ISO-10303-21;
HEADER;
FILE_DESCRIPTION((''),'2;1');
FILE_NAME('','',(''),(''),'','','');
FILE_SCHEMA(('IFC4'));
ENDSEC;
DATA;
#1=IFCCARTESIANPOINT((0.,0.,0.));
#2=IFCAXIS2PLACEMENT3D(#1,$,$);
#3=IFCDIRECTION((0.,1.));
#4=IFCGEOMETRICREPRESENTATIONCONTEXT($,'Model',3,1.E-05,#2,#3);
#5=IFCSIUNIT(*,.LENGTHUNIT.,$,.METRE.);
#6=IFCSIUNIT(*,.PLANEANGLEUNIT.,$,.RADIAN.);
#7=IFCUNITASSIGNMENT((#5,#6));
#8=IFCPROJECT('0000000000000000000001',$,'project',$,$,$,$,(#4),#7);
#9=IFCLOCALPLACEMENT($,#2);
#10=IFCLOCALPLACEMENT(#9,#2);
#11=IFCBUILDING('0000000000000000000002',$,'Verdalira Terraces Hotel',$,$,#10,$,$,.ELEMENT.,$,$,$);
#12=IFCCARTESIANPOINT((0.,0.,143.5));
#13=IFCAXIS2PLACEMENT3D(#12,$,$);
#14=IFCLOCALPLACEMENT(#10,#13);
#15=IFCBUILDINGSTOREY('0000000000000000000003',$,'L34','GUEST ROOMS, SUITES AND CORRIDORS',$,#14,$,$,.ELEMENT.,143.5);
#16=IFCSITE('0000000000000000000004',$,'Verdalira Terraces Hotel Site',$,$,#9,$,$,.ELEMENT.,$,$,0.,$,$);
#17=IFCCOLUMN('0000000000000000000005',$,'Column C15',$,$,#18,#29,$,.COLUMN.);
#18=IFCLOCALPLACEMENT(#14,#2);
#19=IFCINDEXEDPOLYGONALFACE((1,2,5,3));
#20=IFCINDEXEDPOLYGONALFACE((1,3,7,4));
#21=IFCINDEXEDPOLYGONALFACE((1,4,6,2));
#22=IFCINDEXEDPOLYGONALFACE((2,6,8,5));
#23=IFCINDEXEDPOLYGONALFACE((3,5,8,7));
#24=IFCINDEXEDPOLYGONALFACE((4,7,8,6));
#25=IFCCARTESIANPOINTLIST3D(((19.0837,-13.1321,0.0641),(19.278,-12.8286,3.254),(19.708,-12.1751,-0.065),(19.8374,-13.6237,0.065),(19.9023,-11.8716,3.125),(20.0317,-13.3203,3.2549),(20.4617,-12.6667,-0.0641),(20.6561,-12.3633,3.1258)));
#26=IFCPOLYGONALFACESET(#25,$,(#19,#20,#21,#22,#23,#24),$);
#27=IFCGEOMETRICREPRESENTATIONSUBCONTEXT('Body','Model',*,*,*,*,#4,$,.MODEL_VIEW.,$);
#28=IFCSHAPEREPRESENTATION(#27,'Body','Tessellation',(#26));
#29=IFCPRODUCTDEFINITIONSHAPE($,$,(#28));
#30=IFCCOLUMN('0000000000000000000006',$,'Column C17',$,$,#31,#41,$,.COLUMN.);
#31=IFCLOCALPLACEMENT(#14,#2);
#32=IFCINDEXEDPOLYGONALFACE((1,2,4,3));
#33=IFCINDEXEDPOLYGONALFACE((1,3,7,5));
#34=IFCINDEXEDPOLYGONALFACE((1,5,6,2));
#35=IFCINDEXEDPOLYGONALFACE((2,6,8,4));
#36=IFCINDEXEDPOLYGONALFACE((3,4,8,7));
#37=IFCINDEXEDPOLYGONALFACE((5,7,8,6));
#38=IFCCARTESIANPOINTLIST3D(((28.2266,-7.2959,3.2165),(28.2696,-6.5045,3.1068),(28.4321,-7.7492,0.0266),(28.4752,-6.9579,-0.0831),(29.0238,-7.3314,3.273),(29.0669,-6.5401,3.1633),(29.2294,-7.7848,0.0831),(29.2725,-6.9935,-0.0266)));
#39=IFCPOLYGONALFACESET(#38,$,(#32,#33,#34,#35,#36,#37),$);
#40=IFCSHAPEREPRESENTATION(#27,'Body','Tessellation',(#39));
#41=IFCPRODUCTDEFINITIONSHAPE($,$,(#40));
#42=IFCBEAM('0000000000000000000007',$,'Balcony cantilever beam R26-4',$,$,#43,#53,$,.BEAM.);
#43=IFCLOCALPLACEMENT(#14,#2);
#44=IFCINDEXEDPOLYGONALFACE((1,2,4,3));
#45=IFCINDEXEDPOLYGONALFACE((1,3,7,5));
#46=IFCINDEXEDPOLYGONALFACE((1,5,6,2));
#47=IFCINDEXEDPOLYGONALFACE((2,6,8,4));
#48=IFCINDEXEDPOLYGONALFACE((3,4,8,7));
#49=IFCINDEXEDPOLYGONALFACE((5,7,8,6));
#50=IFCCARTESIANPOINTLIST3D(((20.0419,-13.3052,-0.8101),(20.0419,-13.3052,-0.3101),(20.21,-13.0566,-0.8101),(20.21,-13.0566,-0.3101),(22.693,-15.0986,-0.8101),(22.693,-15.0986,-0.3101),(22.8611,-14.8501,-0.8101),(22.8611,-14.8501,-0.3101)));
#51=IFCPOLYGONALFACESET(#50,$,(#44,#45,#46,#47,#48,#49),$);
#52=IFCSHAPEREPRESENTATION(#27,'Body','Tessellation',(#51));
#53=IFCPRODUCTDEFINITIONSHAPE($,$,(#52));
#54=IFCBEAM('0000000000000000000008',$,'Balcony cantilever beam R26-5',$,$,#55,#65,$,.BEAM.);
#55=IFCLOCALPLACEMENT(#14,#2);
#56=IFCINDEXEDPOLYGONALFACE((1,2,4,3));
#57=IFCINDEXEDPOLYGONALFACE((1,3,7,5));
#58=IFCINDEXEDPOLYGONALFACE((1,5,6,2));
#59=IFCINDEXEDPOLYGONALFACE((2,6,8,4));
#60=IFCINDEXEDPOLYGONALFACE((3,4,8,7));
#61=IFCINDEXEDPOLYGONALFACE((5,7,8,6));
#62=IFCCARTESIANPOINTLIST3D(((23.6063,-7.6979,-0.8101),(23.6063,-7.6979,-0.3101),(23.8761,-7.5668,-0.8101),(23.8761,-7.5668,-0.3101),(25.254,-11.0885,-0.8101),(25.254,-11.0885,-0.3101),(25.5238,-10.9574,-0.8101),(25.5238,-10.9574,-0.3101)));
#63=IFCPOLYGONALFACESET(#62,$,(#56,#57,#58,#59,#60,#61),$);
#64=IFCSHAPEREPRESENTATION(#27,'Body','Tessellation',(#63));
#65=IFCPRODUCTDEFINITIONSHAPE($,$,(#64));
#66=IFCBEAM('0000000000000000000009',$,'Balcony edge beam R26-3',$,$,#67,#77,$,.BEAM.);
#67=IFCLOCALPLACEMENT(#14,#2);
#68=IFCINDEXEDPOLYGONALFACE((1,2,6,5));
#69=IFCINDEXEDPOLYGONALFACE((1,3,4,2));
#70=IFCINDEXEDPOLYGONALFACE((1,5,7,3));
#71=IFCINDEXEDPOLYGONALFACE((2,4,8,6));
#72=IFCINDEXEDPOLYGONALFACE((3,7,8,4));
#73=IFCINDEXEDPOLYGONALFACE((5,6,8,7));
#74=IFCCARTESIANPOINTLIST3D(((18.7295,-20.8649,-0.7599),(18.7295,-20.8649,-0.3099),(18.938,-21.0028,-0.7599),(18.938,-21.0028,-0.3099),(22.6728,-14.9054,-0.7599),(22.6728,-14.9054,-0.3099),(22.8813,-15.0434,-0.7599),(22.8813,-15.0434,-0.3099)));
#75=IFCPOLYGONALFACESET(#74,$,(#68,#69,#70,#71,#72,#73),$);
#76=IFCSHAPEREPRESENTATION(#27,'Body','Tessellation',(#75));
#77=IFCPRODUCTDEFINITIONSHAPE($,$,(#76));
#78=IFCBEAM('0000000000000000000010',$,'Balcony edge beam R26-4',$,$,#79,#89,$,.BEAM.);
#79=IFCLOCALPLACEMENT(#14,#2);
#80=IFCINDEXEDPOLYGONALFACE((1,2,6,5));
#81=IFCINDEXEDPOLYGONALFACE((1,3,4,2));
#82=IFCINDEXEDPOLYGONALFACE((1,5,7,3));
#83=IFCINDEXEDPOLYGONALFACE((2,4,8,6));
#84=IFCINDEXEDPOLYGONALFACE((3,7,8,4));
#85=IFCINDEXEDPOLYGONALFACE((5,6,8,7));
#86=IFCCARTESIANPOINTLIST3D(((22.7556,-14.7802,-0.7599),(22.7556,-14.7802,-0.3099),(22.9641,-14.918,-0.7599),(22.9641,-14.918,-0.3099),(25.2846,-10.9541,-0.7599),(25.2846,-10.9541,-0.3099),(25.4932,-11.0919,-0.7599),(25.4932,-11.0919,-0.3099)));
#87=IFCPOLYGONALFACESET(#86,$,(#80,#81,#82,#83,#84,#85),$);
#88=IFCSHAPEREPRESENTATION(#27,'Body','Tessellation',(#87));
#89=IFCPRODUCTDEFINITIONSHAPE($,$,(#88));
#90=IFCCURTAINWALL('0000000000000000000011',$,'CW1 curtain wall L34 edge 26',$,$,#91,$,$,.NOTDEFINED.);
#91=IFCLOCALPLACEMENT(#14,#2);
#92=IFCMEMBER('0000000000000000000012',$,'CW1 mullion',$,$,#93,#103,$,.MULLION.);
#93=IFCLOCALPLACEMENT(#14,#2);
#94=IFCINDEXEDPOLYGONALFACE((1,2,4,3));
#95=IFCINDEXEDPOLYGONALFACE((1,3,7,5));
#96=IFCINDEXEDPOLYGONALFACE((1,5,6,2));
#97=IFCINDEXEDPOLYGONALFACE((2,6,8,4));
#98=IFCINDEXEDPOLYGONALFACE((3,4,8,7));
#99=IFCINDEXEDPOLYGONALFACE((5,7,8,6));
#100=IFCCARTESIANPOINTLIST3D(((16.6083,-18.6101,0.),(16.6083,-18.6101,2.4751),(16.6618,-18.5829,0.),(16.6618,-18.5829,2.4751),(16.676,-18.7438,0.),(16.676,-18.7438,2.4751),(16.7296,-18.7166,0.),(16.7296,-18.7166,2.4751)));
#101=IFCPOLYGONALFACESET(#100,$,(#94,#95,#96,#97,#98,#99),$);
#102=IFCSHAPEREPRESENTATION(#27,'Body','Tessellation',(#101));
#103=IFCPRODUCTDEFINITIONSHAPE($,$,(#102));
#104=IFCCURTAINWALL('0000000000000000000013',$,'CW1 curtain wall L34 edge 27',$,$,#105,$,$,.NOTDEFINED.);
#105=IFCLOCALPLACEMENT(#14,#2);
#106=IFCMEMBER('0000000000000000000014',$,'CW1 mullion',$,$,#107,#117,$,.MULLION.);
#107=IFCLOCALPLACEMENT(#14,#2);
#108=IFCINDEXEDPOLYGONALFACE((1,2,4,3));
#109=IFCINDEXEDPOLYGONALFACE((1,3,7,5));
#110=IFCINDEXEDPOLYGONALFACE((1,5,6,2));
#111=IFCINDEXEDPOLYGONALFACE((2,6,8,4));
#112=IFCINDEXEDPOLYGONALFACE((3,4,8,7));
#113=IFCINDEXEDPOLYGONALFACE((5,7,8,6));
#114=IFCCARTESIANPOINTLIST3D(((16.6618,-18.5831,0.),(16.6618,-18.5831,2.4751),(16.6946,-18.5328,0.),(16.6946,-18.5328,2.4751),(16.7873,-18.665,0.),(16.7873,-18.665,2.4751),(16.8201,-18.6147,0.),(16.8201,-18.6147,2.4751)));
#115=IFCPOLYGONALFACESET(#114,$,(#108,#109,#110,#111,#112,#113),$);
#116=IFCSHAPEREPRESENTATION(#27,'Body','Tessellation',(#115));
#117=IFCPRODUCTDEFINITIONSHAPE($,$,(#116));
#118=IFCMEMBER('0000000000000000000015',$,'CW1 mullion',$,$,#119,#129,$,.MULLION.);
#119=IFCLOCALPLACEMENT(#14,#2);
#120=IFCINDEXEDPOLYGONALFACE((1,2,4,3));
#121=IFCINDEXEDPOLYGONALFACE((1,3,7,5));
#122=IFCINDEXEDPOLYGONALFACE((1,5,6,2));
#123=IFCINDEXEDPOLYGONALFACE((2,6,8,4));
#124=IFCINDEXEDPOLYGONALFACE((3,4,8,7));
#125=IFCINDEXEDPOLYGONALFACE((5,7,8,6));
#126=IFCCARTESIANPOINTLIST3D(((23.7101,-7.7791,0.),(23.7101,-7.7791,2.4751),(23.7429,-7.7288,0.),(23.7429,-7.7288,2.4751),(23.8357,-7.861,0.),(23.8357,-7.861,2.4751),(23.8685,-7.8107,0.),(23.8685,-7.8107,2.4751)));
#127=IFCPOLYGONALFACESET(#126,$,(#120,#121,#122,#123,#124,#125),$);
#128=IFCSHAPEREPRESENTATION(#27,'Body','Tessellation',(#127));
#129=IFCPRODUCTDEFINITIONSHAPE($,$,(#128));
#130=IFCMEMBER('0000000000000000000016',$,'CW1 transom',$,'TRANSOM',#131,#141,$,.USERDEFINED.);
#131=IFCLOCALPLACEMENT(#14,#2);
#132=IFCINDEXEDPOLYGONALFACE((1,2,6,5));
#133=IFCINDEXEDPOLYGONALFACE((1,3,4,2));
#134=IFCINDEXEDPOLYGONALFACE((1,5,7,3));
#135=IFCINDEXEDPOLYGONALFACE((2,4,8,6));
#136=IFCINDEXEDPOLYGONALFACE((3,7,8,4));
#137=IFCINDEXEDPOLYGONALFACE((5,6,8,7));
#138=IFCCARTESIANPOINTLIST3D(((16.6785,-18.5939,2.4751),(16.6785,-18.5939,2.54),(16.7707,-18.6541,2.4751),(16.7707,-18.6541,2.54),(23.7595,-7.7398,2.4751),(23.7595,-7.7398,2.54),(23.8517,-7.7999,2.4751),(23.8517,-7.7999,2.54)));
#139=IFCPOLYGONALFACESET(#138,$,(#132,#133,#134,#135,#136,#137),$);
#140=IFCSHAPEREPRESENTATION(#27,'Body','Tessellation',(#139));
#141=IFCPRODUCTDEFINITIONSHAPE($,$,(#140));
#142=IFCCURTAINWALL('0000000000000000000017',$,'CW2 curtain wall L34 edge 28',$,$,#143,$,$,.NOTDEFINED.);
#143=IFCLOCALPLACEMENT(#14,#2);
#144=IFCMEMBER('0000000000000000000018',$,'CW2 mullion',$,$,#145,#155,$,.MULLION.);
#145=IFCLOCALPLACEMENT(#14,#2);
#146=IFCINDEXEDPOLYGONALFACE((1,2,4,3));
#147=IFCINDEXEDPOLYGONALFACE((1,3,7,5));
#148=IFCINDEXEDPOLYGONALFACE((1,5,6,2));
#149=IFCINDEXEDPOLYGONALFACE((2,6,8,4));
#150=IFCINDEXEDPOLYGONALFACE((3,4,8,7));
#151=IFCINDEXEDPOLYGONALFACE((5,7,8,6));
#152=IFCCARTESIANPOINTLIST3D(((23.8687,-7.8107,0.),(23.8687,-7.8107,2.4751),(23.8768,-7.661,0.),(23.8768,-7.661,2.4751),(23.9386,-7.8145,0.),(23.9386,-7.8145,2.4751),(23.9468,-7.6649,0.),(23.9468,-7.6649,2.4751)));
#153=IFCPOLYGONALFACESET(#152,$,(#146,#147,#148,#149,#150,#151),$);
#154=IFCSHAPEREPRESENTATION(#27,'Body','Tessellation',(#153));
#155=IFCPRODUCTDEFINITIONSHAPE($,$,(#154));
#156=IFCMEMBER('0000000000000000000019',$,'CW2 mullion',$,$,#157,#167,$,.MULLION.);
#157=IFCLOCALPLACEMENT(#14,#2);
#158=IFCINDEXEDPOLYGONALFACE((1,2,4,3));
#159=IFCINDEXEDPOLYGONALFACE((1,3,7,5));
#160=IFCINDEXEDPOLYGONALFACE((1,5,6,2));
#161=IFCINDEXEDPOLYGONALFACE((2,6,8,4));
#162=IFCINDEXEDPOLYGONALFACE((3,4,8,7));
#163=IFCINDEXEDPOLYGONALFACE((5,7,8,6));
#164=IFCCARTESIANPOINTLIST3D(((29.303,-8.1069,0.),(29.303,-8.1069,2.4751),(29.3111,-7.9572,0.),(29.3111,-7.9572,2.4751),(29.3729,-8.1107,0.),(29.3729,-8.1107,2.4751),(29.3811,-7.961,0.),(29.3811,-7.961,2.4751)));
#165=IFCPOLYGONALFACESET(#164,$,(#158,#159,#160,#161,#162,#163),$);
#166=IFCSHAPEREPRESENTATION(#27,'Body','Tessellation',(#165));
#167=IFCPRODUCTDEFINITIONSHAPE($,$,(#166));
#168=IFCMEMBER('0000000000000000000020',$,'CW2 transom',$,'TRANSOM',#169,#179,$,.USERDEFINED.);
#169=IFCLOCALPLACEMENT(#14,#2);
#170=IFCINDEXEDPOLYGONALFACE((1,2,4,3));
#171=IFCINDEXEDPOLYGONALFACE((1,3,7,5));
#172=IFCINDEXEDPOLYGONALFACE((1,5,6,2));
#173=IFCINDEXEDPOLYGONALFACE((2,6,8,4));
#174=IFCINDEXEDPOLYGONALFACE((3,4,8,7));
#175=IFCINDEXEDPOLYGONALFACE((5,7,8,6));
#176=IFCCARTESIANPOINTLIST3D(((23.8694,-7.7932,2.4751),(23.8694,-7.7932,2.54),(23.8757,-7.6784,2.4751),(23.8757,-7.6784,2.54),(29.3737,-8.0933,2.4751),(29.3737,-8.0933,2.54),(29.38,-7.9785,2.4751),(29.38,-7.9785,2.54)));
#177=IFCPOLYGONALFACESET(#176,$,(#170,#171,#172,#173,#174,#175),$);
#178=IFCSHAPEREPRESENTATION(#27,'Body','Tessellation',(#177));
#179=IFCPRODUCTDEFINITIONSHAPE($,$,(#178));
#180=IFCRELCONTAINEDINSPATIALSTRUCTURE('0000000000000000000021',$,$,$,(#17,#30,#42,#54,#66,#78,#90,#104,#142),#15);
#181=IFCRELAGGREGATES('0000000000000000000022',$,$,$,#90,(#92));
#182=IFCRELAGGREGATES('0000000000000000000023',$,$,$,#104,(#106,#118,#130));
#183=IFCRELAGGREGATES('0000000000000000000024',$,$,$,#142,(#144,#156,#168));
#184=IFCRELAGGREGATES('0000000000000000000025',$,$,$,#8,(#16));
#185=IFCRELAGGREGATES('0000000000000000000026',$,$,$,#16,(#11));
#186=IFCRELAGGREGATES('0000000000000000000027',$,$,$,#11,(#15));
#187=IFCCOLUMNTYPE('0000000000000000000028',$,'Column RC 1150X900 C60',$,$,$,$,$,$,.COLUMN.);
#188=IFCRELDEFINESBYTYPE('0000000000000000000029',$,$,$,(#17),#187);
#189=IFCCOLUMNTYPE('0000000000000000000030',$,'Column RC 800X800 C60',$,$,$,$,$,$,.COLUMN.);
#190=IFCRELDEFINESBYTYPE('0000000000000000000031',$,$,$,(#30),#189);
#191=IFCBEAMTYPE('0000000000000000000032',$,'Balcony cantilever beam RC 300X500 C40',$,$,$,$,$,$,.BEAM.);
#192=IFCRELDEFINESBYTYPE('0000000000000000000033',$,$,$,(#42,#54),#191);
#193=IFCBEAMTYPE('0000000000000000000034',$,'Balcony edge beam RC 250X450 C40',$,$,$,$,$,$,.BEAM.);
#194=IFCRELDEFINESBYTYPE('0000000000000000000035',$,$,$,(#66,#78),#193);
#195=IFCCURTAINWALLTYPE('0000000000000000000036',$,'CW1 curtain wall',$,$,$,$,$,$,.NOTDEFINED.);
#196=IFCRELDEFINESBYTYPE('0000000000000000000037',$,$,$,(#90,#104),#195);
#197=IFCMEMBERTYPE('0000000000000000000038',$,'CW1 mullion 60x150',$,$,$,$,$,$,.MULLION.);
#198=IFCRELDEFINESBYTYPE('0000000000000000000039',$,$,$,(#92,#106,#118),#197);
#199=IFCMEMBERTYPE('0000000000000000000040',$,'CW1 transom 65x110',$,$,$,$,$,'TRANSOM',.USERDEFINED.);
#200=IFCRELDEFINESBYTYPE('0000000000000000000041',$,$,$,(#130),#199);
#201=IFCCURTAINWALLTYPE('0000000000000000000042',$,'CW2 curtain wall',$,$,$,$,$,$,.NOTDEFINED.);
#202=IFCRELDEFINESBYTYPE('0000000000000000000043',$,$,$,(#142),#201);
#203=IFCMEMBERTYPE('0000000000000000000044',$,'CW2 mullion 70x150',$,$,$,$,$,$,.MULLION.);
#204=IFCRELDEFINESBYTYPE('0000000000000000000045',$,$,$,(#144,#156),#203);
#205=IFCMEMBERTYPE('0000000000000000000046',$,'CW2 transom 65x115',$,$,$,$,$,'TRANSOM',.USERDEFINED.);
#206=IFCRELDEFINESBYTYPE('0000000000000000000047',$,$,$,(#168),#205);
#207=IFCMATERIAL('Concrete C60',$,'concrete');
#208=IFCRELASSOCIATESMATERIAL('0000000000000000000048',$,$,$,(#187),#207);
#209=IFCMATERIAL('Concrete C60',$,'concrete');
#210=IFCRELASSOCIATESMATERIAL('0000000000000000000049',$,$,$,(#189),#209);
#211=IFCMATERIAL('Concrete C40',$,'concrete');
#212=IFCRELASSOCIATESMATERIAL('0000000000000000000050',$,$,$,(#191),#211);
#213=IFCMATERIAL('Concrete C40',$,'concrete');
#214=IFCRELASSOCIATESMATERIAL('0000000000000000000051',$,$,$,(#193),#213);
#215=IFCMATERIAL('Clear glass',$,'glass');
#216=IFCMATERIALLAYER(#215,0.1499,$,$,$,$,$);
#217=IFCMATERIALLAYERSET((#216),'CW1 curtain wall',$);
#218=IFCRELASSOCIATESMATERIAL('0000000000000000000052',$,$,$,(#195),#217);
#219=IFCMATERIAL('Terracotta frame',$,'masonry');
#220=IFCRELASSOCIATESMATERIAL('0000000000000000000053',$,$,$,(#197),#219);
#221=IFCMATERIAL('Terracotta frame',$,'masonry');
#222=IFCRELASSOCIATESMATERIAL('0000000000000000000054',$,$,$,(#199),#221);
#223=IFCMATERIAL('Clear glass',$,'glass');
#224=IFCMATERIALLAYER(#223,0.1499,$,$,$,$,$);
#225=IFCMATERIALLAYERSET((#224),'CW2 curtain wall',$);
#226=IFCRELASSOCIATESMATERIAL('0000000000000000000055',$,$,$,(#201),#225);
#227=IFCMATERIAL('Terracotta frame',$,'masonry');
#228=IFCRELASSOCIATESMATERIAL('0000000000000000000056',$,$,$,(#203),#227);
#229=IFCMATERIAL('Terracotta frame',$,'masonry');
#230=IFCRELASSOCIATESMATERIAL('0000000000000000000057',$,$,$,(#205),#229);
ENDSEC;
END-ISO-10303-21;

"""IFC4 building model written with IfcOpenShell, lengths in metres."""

from ifc_helpers import new_model, si_unit, direction, frame, origin, origin_2d, place, context, subcontext, project, spatial, rectangle, extrude, material, layer, layer_set, material_profile, profile_set, type_object, element, aggregate, save


model = new_model("IFC4")

# Units and contexts
model_context = context("Model", 3, precision=1e-05, world=origin(), true_north=direction((0.0, 1.0)))
body_context = subcontext(model_context, "Body", "Model", "MODEL_VIEW")
ifc_project = project(units=[si_unit("LENGTHUNIT", "METRE"), si_unit("PLANEANGLEUNIT", "RADIAN")], contexts=[model_context])

# Site, building, storey
site_placement = place(None, origin())
site = spatial("IfcSite", under=ifc_project, at=site_placement, Name="Verdalira Terraces Hotel Site", CompositionType="ELEMENT", RefElevation=0.0)
building_placement = place(site_placement, origin())
building = spatial("IfcBuilding", under=site, at=building_placement, Name="Verdalira Terraces Hotel", CompositionType="ELEMENT")
storey_placement = place(building_placement, frame((0.0, 0.0, 143.5)))
storey = spatial("IfcBuildingStorey", under=building, at=storey_placement, Name="L34", Description="GUEST ROOMS, SUITES AND CORRIDORS", CompositionType="ELEMENT", Elevation=143.5)

# Columns
ifc_material_1 = material(Name="Concrete C60", Category="concrete")
ifc_material_profile_1 = material_profile(ifc_material_1, rectangle(XDim=1.1499, YDim=0.8999, at=origin_2d()), Name="RC 1150X900")
ifc_profile_set_1 = profile_set([ifc_material_profile_1], Name="Concrete C60")
column_type_1 = type_object("IfcColumnType", Name="Column RC 1150X900 C60", PredefinedType="COLUMN", material=ifc_profile_set_1)
column_1_placement = place(storey_placement, frame((19.7727, -12.8994, 0.0), z_axis=(0.060536, 0.094531, 0.99368), x_axis=(0.542957, 0.832224, -0.112249)))
element("IfcColumn", 1, at=column_1_placement, inside=storey, type_object=column_type_1, Name="Column C15", PredefinedType="COLUMN", context=body_context, shape_type="SweptSolid", body=[
    extrude(rectangle(XDim=1.1499, YDim=0.8999, at=origin_2d()), origin(), (0.0, 0.0, 1.0), 3.2102),
])
ifc_material_2 = material(Name="Concrete C60", Category="concrete")
ifc_material_profile_2 = material_profile(ifc_material_2, rectangle(XDim=0.8, YDim=0.8, at=origin_2d()), Name="RC 800X800")
ifc_profile_set_2 = profile_set([ifc_material_profile_2], Name="Concrete C60")
column_type_2 = type_object("IfcColumnType", Name="Column RC 800X800 C60", PredefinedType="COLUMN", material=ifc_profile_set_2)
column_2_placement = place(storey_placement, frame((28.8523, -7.3713, 0.0), z_axis=(-0.063671, 0.140425, 0.988042), x_axis=(0.996518, -0.044459, 0.070536)))
element("IfcColumn", 2, at=column_2_placement, inside=storey, type_object=column_type_2, Name="Column C17", PredefinedType="COLUMN", context=body_context, shape_type="SweptSolid", body=[
    extrude(rectangle(XDim=0.8, YDim=0.8, at=origin_2d()), origin(), (0.0, 0.0, 1.0), 3.2285),
])

# Beams
ifc_material_3 = material(Name="Concrete C40", Category="concrete")
ifc_material_profile_3 = material_profile(ifc_material_3, rectangle(XDim=0.3, YDim=0.5, at=origin_2d()), Name="RC 300X500")
ifc_profile_set_3 = profile_set([ifc_material_profile_3], Name="Concrete C40")
beam_type_1 = type_object("IfcBeamType", Name="Balcony cantilever beam RC 300X500 C40", PredefinedType="BEAM", material=ifc_profile_set_3)
beam_1_placement = place(storey_placement, frame((20.126, -13.1809, -0.5601), z_axis=(0.828276, -0.56032, 0.0), x_axis=(0.56032, 0.828276, 0.0)))
element("IfcBeam", 3, at=beam_1_placement, inside=storey, type_object=beam_type_1, Name="Balcony cantilever beam R26-4", PredefinedType="BEAM", context=body_context, shape_type="SweptSolid", body=[
    extrude(rectangle(XDim=0.3, YDim=0.5, at=origin_2d()), origin(), (0.0, 0.0, 1.0), 3.2007),
])
beam_2_placement = place(storey_placement, frame((23.7412, -7.6323, -0.5601), z_axis=(0.437082, -0.899422, 0.0), x_axis=(0.899422, 0.437082, 0.0)))
element("IfcBeam", 4, at=beam_2_placement, inside=storey, type_object=beam_type_1, Name="Balcony cantilever beam R26-5", PredefinedType="BEAM", context=body_context, shape_type="SweptSolid", body=[
    extrude(rectangle(XDim=0.3, YDim=0.5, at=origin_2d()), origin(), (0.0, 0.0, 1.0), 3.7698),
])
ifc_material_4 = material(Name="Concrete C40", Category="concrete")
ifc_material_profile_4 = material_profile(ifc_material_4, rectangle(XDim=0.25, YDim=0.45, at=origin_2d()), Name="RC 250X450")
ifc_profile_set_4 = profile_set([ifc_material_profile_4], Name="Concrete C40")
beam_type_2 = type_object("IfcBeamType", Name="Balcony edge beam RC 250X450 C40", PredefinedType="BEAM", material=ifc_profile_set_4)
beam_3_placement = place(storey_placement, frame((18.8337, -20.9338, -0.5349), z_axis=(0.551827, 0.833959, 0.0), x_axis=(-0.833959, 0.551827, 0.0)))
element("IfcBeam", 5, at=beam_3_placement, inside=storey, type_object=beam_type_2, Name="Balcony edge beam R26-3", PredefinedType="BEAM", context=body_context, shape_type="SweptSolid", body=[
    extrude(rectangle(XDim=0.25, YDim=0.45, at=origin_2d()), origin(), (0.0, 0.0, 1.0), 7.146),
])
beam_4_placement = place(storey_placement, frame((22.8599, -14.8491, -0.5349), z_axis=(0.551416, 0.83423, 0.0), x_axis=(-0.83423, 0.551416, 0.0)))
element("IfcBeam", 6, at=beam_4_placement, inside=storey, type_object=beam_type_2, Name="Balcony edge beam R26-4", PredefinedType="BEAM", context=body_context, shape_type="SweptSolid", body=[
    extrude(rectangle(XDim=0.25, YDim=0.45, at=origin_2d()), origin(), (0.0, 0.0, 1.0), 4.5864),
])

# Curtain wall, member
ifc_material_5 = material(Name="Clear glass", Category="glass")
ifc_layer_1 = layer(ifc_material_5, 0.1499)
ifc_layer_set_1 = layer_set([ifc_layer_1], Name="CW1 curtain wall")
curtain_wall_type_1 = type_object("IfcCurtainWallType", Name="CW1 curtain wall", PredefinedType="NOTDEFINED", material=ifc_layer_set_1)
curtain_wall_1_placement = place(storey_placement, origin())
curtain_wall_1 = element("IfcCurtainWall", 7, at=curtain_wall_1_placement, inside=storey, type_object=curtain_wall_type_1, Name="CW1 curtain wall L34 edge 26", PredefinedType="NOTDEFINED")
ifc_material_6 = material(Name="Terracotta frame", Category="masonry")
ifc_material_profile_5 = material_profile(ifc_material_6, rectangle(XDim=0.0601, YDim=0.1499, at=origin_2d()), Name="MU 60x150")
ifc_profile_set_5 = profile_set([ifc_material_profile_5], Name="Terracotta frame")
member_type_1 = type_object("IfcMemberType", Name="CW1 mullion 60x150", PredefinedType="MULLION", material=ifc_profile_set_5)
member_1_placement = place(storey_placement, frame((16.6689, -18.6633, 0.0), z_axis=(0.0, 0.0, 1.0), x_axis=(0.891955, 0.452123, 0.0)))
member_1 = element("IfcMember", 8, at=member_1_placement, type_object=member_type_1, Name="CW1 mullion", PredefinedType="MULLION", context=body_context, shape_type="SweptSolid", body=[
    extrude(rectangle(XDim=0.0601, YDim=0.1499, at=origin_2d()), origin(), (0.0, 0.0, 1.0), 2.4751),
])
aggregate(curtain_wall_1, [member_1])

# Curtain walls, members
curtain_wall_2_placement = place(storey_placement, origin())
curtain_wall_2 = element("IfcCurtainWall", 9, at=curtain_wall_2_placement, inside=storey, type_object=curtain_wall_type_1, Name="CW1 curtain wall L34 edge 27", PredefinedType="NOTDEFINED")
member_2_placement = place(storey_placement, frame((16.741, -18.5989, 0.0), z_axis=(0.0, 0.0, 1.0), x_axis=(0.546394, 0.837528, 0.0)))
member_2 = element("IfcMember", 10, at=member_2_placement, type_object=member_type_1, Name="CW1 mullion", PredefinedType="MULLION", context=body_context, shape_type="SweptSolid", body=[
    extrude(rectangle(XDim=0.0601, YDim=0.1499, at=origin_2d()), origin(), (0.0, 0.0, 1.0), 2.4751),
])
member_3_placement = place(storey_placement, frame((23.7893, -7.7949, 0.0), z_axis=(0.0, 0.0, 1.0), x_axis=(0.546394, 0.837528, 0.0)))
member_3 = element("IfcMember", 11, at=member_3_placement, type_object=member_type_1, Name="CW1 mullion", PredefinedType="MULLION", context=body_context, shape_type="SweptSolid", body=[
    extrude(rectangle(XDim=0.0601, YDim=0.1499, at=origin_2d()), origin(), (0.0, 0.0, 1.0), 2.4751),
])
ifc_material_7 = material(Name="Terracotta frame", Category="masonry")
ifc_material_profile_6 = material_profile(ifc_material_7, rectangle(XDim=0.1101, YDim=0.0649, at=origin_2d()), Name="TR 65x110")
ifc_profile_set_6 = profile_set([ifc_material_profile_6], Name="Terracotta frame")
member_type_2 = type_object("IfcMemberType", Name="CW1 transom 65x110", ElementType="TRANSOM", PredefinedType="USERDEFINED", material=ifc_profile_set_6)
member_4_placement = place(storey_placement, frame((16.7246, -18.624, 2.5076), z_axis=(0.546387, 0.837533, 0.0), x_axis=(-0.837533, 0.546387, 0.0)))
member_4 = element("IfcMember", 12, at=member_4_placement, type_object=member_type_2, Name="CW1 transom", ObjectType="TRANSOM", PredefinedType="USERDEFINED", context=body_context, shape_type="SweptSolid", body=[
    extrude(rectangle(XDim=0.1101, YDim=0.0649, at=origin_2d()), origin(), (0.0, 0.0, 1.0), 12.9597),
])
ifc_material_8 = material(Name="Clear glass", Category="glass")
ifc_layer_2 = layer(ifc_material_8, 0.1499)
ifc_layer_set_2 = layer_set([ifc_layer_2], Name="CW2 curtain wall")
curtain_wall_type_2 = type_object("IfcCurtainWallType", Name="CW2 curtain wall", PredefinedType="NOTDEFINED", material=ifc_layer_set_2)
curtain_wall_3_placement = place(storey_placement, origin())
curtain_wall_3 = element("IfcCurtainWall", 13, at=curtain_wall_3_placement, inside=storey, type_object=curtain_wall_type_2, Name="CW2 curtain wall L34 edge 28", PredefinedType="NOTDEFINED")
ifc_material_9 = material(Name="Terracotta frame", Category="masonry")
ifc_material_profile_7 = material_profile(ifc_material_9, rectangle(XDim=0.0701, YDim=0.1499, at=origin_2d()), Name="MU 70x150")
ifc_profile_set_7 = profile_set([ifc_material_profile_7], Name="Terracotta frame")
member_type_3 = type_object("IfcMemberType", Name="CW2 mullion 70x150", PredefinedType="MULLION", material=ifc_profile_set_7)
member_5_placement = place(storey_placement, frame((23.9077, -7.7378, 0.0), z_axis=(0.0, 0.0, 1.0), x_axis=(0.998518, -0.054427, 0.0)))
member_5 = element("IfcMember", 14, at=member_5_placement, type_object=member_type_3, Name="CW2 mullion", PredefinedType="MULLION", context=body_context, shape_type="SweptSolid", body=[
    extrude(rectangle(XDim=0.0701, YDim=0.1499, at=origin_2d()), origin(), (0.0, 0.0, 1.0), 2.4751),
])
member_6_placement = place(storey_placement, frame((29.342, -8.0339, 0.0), z_axis=(0.0, 0.0, 1.0), x_axis=(0.998518, -0.054427, 0.0)))
member_6 = element("IfcMember", 15, at=member_6_placement, type_object=member_type_3, Name="CW2 mullion", PredefinedType="MULLION", context=body_context, shape_type="SweptSolid", body=[
    extrude(rectangle(XDim=0.0701, YDim=0.1499, at=origin_2d()), origin(), (0.0, 0.0, 1.0), 2.4751),
])
ifc_material_10 = material(Name="Terracotta frame", Category="masonry")
ifc_material_profile_8 = material_profile(ifc_material_10, rectangle(XDim=0.115, YDim=0.0649, at=origin_2d()), Name="TR 65x115")
ifc_profile_set_8 = profile_set([ifc_material_profile_8], Name="Terracotta frame")
member_type_4 = type_object("IfcMemberType", Name="CW2 transom 65x115", ElementType="TRANSOM", PredefinedType="USERDEFINED", material=ifc_profile_set_8)
member_7_placement = place(storey_placement, frame((23.8726, -7.7358, 2.5076), z_axis=(0.998518, -0.05443, 0.0), x_axis=(0.05443, 0.998518, 0.0)))
member_7 = element("IfcMember", 16, at=member_7_placement, type_object=member_type_4, Name="CW2 transom", ObjectType="TRANSOM", PredefinedType="USERDEFINED", context=body_context, shape_type="SweptSolid", body=[
    extrude(rectangle(XDim=0.115, YDim=0.0649, at=origin_2d()), origin(), (0.0, 0.0, 1.0), 5.5125),
])

aggregate(curtain_wall_2, [member_2, member_3, member_4])
aggregate(curtain_wall_3, [member_5, member_6, member_7])

save(model, "model.ifc")
